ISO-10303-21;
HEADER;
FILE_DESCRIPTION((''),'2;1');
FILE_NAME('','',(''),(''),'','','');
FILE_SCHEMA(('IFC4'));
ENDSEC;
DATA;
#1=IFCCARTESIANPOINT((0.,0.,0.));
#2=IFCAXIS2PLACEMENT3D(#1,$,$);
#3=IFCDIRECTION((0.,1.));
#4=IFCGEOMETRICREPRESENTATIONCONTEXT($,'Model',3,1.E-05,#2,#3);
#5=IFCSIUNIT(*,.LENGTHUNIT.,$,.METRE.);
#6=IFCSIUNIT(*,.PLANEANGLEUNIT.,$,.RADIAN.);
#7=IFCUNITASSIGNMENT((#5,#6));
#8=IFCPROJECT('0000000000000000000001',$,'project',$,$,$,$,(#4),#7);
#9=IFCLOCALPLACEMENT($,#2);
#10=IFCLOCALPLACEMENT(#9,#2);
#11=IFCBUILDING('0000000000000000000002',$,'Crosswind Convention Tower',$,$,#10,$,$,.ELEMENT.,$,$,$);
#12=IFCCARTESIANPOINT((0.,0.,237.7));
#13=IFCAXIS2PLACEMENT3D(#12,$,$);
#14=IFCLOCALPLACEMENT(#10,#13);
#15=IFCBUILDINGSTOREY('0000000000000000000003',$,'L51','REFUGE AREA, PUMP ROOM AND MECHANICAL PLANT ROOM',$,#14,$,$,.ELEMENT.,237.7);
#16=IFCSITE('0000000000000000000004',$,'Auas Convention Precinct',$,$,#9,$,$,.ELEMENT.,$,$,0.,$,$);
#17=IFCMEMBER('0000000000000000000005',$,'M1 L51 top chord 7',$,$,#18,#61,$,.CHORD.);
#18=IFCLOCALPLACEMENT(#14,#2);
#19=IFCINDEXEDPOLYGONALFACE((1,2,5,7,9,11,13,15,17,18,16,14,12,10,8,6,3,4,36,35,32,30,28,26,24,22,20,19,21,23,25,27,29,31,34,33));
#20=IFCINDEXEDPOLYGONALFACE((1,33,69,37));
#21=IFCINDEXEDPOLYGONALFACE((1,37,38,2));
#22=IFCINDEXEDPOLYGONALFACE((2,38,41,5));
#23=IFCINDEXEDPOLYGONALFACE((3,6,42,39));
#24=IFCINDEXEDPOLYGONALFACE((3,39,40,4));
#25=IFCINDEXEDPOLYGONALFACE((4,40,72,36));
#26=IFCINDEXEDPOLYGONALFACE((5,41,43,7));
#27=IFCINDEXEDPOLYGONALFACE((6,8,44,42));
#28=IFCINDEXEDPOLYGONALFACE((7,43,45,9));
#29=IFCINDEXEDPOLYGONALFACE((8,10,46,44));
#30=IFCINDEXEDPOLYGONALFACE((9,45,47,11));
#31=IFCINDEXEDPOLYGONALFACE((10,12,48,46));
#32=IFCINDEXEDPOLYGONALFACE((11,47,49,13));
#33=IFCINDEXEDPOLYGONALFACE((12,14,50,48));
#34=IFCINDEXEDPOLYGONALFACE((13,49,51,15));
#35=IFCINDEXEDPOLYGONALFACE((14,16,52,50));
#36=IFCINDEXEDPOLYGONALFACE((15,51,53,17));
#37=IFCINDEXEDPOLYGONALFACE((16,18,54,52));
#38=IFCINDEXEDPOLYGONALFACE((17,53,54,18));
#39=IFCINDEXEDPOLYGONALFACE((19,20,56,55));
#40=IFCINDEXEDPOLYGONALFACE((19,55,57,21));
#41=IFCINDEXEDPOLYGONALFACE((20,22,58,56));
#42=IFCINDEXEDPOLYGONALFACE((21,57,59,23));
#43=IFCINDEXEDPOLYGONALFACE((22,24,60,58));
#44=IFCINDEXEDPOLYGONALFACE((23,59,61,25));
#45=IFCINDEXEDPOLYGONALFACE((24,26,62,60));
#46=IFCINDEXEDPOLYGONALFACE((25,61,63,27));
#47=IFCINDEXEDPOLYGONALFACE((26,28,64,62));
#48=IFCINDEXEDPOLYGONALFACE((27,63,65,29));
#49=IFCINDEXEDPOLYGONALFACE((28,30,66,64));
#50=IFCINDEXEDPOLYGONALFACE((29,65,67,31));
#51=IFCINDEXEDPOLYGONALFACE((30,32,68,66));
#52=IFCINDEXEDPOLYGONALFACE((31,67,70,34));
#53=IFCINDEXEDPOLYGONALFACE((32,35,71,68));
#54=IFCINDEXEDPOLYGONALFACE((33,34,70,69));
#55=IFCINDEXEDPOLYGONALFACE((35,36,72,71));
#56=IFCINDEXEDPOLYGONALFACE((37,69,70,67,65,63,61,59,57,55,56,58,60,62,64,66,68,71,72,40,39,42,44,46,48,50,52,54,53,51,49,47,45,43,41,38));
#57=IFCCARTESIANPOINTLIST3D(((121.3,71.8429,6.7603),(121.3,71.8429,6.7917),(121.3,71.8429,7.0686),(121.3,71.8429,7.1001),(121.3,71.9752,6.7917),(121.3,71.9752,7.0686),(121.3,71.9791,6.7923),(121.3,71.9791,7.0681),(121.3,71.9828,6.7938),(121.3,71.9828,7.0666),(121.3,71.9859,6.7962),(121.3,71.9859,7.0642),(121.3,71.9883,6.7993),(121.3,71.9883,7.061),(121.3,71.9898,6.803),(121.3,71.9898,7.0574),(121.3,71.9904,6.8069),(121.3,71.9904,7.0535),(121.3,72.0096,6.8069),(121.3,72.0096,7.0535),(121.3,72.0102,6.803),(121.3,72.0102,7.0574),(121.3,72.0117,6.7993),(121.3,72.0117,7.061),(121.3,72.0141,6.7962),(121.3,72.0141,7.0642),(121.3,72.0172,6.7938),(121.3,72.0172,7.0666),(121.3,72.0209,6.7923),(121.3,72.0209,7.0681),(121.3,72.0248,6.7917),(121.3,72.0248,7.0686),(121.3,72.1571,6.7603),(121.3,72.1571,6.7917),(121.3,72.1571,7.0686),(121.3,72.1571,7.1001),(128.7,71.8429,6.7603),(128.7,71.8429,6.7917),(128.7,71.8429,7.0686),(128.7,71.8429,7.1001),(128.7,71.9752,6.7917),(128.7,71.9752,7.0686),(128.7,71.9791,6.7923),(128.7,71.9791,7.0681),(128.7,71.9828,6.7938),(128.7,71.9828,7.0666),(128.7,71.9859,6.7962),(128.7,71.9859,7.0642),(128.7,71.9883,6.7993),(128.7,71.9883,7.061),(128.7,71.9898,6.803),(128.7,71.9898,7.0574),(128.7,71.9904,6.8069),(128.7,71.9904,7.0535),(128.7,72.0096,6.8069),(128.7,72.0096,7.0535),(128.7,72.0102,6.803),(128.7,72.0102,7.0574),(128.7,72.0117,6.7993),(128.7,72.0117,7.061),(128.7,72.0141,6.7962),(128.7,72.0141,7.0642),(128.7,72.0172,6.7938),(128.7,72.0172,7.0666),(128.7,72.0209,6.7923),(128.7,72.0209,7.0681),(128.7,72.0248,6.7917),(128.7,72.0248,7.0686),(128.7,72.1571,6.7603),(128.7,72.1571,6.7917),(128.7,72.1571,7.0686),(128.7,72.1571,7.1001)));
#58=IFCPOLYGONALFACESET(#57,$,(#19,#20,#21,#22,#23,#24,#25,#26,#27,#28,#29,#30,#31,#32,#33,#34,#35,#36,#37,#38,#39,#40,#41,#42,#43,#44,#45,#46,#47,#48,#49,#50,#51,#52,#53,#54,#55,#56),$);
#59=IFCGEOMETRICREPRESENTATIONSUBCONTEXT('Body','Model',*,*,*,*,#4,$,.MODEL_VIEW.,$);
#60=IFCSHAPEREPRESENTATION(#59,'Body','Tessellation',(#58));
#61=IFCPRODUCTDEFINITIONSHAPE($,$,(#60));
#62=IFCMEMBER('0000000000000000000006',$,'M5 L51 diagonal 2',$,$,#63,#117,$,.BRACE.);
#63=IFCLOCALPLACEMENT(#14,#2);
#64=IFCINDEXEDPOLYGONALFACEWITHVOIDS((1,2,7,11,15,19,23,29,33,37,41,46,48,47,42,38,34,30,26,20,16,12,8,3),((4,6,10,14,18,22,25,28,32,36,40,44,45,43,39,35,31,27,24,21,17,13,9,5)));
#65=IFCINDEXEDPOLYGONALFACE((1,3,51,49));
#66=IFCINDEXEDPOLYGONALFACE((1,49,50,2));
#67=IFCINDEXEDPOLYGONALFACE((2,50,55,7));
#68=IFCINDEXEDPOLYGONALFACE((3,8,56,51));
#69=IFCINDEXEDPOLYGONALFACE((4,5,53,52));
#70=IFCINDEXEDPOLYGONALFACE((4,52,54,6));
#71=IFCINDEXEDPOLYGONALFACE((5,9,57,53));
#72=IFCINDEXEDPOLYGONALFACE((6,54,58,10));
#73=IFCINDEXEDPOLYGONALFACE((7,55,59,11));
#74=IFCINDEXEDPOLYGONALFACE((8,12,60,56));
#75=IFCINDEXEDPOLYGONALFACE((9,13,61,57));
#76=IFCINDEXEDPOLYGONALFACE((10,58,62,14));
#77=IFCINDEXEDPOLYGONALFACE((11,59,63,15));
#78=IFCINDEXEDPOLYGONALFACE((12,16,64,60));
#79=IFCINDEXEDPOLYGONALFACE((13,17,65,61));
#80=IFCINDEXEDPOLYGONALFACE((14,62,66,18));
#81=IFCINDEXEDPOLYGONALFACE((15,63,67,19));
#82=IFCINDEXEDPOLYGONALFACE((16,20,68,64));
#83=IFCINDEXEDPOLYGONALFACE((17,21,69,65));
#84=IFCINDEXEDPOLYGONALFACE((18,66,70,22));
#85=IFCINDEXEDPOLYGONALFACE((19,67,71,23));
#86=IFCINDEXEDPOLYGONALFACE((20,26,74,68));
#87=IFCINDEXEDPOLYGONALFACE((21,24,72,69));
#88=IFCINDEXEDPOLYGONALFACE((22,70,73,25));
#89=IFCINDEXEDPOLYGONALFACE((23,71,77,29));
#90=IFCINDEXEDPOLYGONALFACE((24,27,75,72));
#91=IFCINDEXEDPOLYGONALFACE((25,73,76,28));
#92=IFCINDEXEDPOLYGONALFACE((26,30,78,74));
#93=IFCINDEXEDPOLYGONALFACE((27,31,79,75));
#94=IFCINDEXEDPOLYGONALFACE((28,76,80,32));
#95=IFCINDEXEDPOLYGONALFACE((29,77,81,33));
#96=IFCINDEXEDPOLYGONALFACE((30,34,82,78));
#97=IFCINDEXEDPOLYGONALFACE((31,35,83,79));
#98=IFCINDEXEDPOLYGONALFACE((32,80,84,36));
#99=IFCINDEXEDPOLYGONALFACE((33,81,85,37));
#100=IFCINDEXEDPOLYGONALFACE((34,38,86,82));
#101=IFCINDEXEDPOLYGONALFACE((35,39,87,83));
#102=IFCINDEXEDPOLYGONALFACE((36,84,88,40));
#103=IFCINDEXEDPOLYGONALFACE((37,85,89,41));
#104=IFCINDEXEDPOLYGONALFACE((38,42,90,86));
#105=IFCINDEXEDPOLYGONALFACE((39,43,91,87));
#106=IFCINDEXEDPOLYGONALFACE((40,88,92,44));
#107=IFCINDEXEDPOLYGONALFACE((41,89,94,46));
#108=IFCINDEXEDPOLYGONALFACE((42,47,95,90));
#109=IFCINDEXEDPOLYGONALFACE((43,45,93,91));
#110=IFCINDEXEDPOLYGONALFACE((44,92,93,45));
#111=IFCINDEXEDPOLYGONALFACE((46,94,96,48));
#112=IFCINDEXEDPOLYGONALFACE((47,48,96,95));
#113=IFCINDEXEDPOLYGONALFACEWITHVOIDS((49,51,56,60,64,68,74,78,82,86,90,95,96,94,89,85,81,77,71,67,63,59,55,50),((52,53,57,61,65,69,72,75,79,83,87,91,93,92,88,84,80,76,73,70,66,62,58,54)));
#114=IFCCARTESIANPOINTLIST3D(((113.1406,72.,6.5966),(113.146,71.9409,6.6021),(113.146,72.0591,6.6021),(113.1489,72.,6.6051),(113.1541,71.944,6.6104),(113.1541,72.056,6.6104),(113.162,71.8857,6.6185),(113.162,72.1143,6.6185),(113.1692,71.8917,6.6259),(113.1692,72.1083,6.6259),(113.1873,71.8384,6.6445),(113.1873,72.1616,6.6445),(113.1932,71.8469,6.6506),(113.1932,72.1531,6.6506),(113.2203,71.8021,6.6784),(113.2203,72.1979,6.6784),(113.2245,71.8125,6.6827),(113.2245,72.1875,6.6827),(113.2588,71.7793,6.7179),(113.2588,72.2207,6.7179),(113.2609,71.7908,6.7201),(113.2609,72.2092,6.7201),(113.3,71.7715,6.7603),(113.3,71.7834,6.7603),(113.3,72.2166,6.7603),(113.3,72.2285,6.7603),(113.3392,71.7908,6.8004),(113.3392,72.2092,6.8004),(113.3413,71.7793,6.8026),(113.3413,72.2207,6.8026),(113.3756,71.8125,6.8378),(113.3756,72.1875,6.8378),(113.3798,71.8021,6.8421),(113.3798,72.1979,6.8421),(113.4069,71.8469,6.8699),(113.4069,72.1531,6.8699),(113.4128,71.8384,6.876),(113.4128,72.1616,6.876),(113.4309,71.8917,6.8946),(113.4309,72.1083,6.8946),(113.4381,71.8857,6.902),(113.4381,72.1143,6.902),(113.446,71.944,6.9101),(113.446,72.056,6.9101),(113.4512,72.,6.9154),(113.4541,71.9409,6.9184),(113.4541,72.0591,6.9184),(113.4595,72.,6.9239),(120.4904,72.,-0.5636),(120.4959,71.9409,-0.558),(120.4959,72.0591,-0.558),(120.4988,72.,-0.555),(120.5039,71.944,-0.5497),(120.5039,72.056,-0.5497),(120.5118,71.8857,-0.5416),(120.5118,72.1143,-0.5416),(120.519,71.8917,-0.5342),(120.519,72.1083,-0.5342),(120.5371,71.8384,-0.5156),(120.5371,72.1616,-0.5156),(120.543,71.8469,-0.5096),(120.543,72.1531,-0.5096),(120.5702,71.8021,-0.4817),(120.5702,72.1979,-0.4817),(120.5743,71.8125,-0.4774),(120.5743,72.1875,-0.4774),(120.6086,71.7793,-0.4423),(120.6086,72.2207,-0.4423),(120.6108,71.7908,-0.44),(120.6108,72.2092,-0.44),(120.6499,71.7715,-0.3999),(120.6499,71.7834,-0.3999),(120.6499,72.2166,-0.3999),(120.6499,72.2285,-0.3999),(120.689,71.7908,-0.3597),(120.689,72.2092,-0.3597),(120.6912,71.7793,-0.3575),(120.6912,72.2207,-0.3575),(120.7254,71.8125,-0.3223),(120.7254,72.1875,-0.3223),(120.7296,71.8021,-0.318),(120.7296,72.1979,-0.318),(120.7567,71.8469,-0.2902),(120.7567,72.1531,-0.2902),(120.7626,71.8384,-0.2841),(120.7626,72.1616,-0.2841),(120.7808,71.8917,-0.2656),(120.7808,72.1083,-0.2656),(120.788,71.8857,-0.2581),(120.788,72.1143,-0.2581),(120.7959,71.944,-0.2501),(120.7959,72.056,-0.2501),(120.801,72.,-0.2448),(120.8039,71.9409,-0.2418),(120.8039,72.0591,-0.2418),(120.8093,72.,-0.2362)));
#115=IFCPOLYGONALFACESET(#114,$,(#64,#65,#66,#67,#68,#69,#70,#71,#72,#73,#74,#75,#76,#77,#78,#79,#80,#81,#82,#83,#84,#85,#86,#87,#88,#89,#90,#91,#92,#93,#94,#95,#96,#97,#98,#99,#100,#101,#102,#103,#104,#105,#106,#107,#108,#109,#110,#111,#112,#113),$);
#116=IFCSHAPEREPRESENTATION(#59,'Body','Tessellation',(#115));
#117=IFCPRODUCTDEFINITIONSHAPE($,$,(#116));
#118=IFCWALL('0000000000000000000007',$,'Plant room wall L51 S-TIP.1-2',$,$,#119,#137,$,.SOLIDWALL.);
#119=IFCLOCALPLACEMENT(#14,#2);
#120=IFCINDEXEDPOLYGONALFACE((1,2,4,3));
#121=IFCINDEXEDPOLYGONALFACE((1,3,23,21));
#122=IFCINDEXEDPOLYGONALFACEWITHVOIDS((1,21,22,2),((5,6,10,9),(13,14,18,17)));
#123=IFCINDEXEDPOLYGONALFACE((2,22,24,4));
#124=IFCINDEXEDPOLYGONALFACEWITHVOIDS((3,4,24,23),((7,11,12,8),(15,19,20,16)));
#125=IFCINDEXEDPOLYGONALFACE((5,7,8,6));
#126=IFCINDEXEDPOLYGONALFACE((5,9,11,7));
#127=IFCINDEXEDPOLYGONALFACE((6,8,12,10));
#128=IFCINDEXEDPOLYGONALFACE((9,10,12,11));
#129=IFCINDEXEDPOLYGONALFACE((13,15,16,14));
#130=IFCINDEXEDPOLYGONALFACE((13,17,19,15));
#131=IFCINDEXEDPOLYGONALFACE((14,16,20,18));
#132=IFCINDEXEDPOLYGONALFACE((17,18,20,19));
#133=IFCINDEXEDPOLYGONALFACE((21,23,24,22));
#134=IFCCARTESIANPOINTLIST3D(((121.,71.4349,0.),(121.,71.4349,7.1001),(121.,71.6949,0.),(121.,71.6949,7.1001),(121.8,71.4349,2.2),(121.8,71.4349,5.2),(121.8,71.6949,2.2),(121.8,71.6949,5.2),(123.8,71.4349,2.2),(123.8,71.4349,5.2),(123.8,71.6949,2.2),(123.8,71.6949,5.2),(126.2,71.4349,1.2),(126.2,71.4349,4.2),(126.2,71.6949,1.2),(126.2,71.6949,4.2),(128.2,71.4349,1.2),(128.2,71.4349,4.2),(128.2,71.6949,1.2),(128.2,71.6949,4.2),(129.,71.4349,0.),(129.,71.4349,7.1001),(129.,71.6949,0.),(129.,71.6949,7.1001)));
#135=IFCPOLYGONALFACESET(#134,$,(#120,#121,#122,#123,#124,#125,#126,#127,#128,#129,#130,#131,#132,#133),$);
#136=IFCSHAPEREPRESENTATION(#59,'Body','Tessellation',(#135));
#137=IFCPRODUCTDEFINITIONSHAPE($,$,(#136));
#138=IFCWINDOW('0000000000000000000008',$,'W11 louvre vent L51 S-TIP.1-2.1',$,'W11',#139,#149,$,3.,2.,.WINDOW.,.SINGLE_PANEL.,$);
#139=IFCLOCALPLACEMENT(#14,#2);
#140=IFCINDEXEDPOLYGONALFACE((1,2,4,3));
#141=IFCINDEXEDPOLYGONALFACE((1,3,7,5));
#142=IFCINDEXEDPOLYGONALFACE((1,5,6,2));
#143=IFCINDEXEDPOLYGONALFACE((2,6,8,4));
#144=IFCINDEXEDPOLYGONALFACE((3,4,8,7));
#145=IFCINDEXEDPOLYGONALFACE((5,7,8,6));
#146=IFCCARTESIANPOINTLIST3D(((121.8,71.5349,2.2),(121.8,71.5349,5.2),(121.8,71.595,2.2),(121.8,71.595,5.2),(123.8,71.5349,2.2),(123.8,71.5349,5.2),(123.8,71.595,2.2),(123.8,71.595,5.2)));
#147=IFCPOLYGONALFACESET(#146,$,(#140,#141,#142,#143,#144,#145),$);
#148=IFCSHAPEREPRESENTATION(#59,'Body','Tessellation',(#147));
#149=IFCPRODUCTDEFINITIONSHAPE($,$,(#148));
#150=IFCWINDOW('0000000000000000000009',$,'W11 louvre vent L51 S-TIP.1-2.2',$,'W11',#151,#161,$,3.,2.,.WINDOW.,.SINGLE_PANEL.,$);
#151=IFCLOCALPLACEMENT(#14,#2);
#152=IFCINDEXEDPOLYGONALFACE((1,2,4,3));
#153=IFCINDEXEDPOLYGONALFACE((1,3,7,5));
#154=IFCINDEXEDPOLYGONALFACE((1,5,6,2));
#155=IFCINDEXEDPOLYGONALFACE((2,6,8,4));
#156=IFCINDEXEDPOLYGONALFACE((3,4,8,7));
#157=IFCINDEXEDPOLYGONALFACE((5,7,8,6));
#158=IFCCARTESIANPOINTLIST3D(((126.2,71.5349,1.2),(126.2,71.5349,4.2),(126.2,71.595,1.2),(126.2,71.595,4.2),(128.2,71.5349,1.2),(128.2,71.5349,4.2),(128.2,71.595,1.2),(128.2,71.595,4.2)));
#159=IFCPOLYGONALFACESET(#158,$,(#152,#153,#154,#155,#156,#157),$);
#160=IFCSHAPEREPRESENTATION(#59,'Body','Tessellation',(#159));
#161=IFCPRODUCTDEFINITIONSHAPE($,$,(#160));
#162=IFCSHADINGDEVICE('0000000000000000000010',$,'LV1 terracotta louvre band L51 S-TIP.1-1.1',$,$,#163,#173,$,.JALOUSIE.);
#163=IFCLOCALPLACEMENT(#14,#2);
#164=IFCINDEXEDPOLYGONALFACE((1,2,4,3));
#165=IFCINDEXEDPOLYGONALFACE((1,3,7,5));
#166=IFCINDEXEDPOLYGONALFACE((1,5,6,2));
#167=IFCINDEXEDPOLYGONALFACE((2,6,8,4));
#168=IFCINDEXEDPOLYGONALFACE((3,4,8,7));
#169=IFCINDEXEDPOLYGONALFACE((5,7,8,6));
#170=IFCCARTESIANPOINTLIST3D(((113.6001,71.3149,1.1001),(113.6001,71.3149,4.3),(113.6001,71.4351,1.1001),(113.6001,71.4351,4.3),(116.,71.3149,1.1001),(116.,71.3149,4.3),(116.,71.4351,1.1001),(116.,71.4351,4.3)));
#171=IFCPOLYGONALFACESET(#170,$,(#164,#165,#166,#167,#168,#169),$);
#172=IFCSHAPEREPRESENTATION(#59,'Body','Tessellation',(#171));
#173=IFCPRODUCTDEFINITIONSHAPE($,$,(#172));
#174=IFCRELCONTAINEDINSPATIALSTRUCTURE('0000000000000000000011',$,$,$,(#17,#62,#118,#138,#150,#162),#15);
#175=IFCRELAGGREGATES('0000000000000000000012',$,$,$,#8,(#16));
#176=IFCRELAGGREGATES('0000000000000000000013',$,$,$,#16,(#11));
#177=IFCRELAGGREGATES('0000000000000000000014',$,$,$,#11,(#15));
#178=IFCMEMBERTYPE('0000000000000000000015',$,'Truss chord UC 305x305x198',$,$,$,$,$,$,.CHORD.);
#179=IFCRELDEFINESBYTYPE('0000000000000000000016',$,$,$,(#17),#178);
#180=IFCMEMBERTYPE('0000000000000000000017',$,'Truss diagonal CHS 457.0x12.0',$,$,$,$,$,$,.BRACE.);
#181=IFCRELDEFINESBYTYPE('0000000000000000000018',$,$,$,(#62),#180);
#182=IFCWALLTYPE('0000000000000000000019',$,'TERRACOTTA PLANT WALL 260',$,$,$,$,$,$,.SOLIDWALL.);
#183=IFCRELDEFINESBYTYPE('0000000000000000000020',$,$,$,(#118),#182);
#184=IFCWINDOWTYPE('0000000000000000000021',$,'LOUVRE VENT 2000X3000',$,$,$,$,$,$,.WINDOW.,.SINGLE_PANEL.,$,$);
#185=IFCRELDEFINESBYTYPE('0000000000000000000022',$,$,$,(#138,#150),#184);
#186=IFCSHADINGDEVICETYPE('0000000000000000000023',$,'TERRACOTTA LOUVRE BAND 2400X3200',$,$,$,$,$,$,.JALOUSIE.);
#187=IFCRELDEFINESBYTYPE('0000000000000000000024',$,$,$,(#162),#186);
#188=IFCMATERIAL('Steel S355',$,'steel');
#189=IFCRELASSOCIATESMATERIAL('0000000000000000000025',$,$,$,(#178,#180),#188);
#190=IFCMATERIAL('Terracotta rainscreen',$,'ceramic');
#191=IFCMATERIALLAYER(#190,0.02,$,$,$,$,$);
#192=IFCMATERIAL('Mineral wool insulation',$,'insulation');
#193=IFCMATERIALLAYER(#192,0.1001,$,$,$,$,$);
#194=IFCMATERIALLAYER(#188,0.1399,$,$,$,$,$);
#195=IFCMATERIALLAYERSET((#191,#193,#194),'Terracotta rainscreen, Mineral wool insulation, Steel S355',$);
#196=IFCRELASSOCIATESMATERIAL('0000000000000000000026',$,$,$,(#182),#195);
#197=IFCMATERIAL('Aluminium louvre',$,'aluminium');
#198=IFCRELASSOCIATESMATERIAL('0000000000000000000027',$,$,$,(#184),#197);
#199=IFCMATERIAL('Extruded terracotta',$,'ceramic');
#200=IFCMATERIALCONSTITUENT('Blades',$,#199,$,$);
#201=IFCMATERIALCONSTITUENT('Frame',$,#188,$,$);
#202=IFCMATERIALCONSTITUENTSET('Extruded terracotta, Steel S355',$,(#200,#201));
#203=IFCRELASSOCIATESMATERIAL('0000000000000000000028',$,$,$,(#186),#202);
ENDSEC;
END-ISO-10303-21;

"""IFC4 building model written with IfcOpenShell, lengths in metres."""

from ifc_helpers import new_model, si_unit, direction, frame, frame_2d, origin, origin_2d, place, context, subcontext, project, spatial, rectangle, hollow_circle, i_section, extrude, material, layer, layer_set, constituent, constituent_set, material_profile, profile_set, type_object, element, fill, save


model = new_model("IFC4")

# Units and contexts
model_context = context("Model", 3, precision=1e-05, world=origin(), true_north=direction((0.0, 1.0)))
body_context = subcontext(model_context, "Body", "Model", "MODEL_VIEW")
ifc_project = project(units=[si_unit("LENGTHUNIT", "METRE"), si_unit("PLANEANGLEUNIT", "RADIAN")], contexts=[model_context])

# Site, building, storey
site_placement = place(None, origin())
site = spatial("IfcSite", under=ifc_project, at=site_placement, Name="Auas Convention Precinct", CompositionType="ELEMENT", RefElevation=0.0)
building_placement = place(site_placement, origin())
building = spatial("IfcBuilding", under=site, at=building_placement, Name="Crosswind Convention Tower", CompositionType="ELEMENT")
storey_placement = place(building_placement, frame((0.0, 0.0, 237.7)))
storey = spatial("IfcBuildingStorey", under=building, at=storey_placement, Name="L51", Description="REFUGE AREA, PUMP ROOM AND MECHANICAL PLANT ROOM", CompositionType="ELEMENT", Elevation=237.7)

# Shared definitions
ifc_material_1 = material(Name="Steel S355", Category="steel")

# Members
ifc_material_profile_1 = material_profile(ifc_material_1, i_section(OverallWidth=0.3142, OverallDepth=0.3398, WebThickness=0.0193, FlangeThickness=0.0315, FilletRadius=0.0151, at=origin_2d()), Name="UC 305x305x198")
ifc_profile_set_1 = profile_set([ifc_material_profile_1], Name="Steel S355")
member_type_1 = type_object("IfcMemberType", Name="Truss chord UC 305x305x198", PredefinedType="CHORD", material=ifc_profile_set_1)
for number, where, z_axis, x_axis, name in (
    (1, (121.3, 72.0, 6.9302), (1.0, 0.0, 0.0), (0.0, 1.0, 0.0), "M1 L51 top chord 7"),
):
    element("IfcMember", number, at=place(storey_placement, frame(where, z_axis=z_axis, x_axis=x_axis)), inside=storey, type_object=member_type_1, Name=name, PredefinedType="CHORD", context=body_context, shape_type="SweptSolid", body=[
        extrude(i_section(OverallWidth=0.3142, OverallDepth=0.3398, WebThickness=0.0193, FlangeThickness=0.0315, FilletRadius=0.0151, at=origin_2d()), origin(), (0.0, 0.0, 1.0), 7.3999),
    ])
ifc_material_profile_2 = material_profile(ifc_material_1, hollow_circle(Radius=0.2285, WallThickness=0.012, at=origin_2d()), Name="CHS 457.0x12.0")
ifc_profile_set_2 = profile_set([ifc_material_profile_2], Name="Steel S355")
member_type_2 = type_object("IfcMemberType", Name="Truss diagonal CHS 457.0x12.0", PredefinedType="BRACE", material=ifc_profile_set_2)
member_1_placement = place(storey_placement, frame((113.3, 72.0, 6.7603), z_axis=(0.71629, 0.0, -0.697803), x_axis=(0.0, 1.0, 0.0)))
element("IfcMember", 2, at=member_1_placement, inside=storey, type_object=member_type_2, Name="M5 L51 diagonal 2", PredefinedType="BRACE", context=body_context, shape_type="SweptSolid", body=[
    extrude(hollow_circle(Radius=0.2285, WallThickness=0.012, at=origin_2d()), origin(), (0.0, 0.0, 1.0), 10.261),
])

# Wall, openings, windows
ifc_material_2 = material(Name="Terracotta rainscreen", Category="ceramic")
ifc_layer_1 = layer(ifc_material_2, 0.02)
ifc_material_3 = material(Name="Mineral wool insulation", Category="insulation")
ifc_layer_2 = layer(ifc_material_3, 0.1001)
ifc_layer_3 = layer(ifc_material_1, 0.1399)
ifc_layer_set_1 = layer_set([ifc_layer_1, ifc_layer_2, ifc_layer_3], Name="Terracotta rainscreen, Mineral wool insulation, Steel S355")
wall_type = type_object("IfcWallType", Name="TERRACOTTA PLANT WALL 260", PredefinedType="SOLIDWALL", material=ifc_layer_set_1)
wall_placement = place(storey_placement, frame((121.0, 71.5649, 0.0), z_axis=(0.0, 0.0, 1.0), x_axis=(1.0, 0.0, 0.0)))
wall = element("IfcWall", 3, at=wall_placement, inside=storey, type_object=wall_type, Name="Plant room wall L51 S-TIP.1-2", PredefinedType="SOLIDWALL", context=body_context, shape_type="SweptSolid", body=[
    extrude(rectangle(XDim=8.0, YDim=0.26, at=frame_2d((4.0, 0.0))), origin(), (0.0, 0.0, 1.0), 7.1001),
])
opening_1_placement = place(wall_placement, frame((0.8, 0.0, 2.2)))
opening_1 = element("IfcOpeningElement", 4, at=opening_1_placement, cuts=wall, PredefinedType="OPENING", context=body_context, shape_type="SweptSolid", body=[
    extrude(rectangle(XDim=2.0, YDim=3.0, at=frame_2d((1.0, 1.5))), frame((0.0, 0.1399, 0.0), z_axis=(0.0, -1.0, 0.0), x_axis=(1.0, 0.0, 0.0)), (0.0, 0.0, 1.0), 0.28),
])
opening_2_placement = place(wall_placement, frame((5.2, 0.0, 1.2)))
opening_2 = element("IfcOpeningElement", 5, at=opening_2_placement, cuts=wall, PredefinedType="OPENING", context=body_context, shape_type="SweptSolid", body=[
    extrude(rectangle(XDim=2.0, YDim=3.0, at=frame_2d((1.0, 1.5))), frame((0.0, 0.1399, 0.0), z_axis=(0.0, -1.0, 0.0), x_axis=(1.0, 0.0, 0.0)), (0.0, 0.0, 1.0), 0.28),
])
ifc_material_4 = material(Name="Aluminium louvre", Category="aluminium")
window_type = type_object("IfcWindowType", Name="LOUVRE VENT 2000X3000", PartitioningType="SINGLE_PANEL", PredefinedType="WINDOW", material=ifc_material_4)
window_1_placement = place(opening_1_placement, origin())
window_1 = element("IfcWindow", 6, at=window_1_placement, inside=storey, type_object=window_type, Name="W11 louvre vent L51 S-TIP.1-2.1", ObjectType="W11", OverallHeight=3.0, OverallWidth=2.0, PartitioningType="SINGLE_PANEL", PredefinedType="WINDOW", context=body_context, shape_type="SweptSolid", body=[
    extrude(rectangle(XDim=2.0, YDim=3.0, at=frame_2d((1.0, 1.5))), frame((0.0, 0.03, 0.0), z_axis=(0.0, -1.0, 0.0), x_axis=(1.0, 0.0, 0.0)), (0.0, 0.0, 1.0), 0.0601),
])
fill(opening_1, window_1)
window_2_placement = place(opening_2_placement, origin())
window_2 = element("IfcWindow", 7, at=window_2_placement, inside=storey, type_object=window_type, Name="W11 louvre vent L51 S-TIP.1-2.2", ObjectType="W11", OverallHeight=3.0, OverallWidth=2.0, PartitioningType="SINGLE_PANEL", PredefinedType="WINDOW", context=body_context, shape_type="SweptSolid", body=[
    extrude(rectangle(XDim=2.0, YDim=3.0, at=frame_2d((1.0, 1.5))), frame((0.0, 0.03, 0.0), z_axis=(0.0, -1.0, 0.0), x_axis=(1.0, 0.0, 0.0)), (0.0, 0.0, 1.0), 0.0601),
])
fill(opening_2, window_2)

# Shading device
ifc_material_5 = material(Name="Extruded terracotta", Category="ceramic")
ifc_constituent_1 = constituent(ifc_material_5, Name="Blades")
ifc_constituent_2 = constituent(ifc_material_1, Name="Frame")
ifc_constituent_set = constituent_set(constituents=[ifc_constituent_1, ifc_constituent_2], Name="Extruded terracotta, Steel S355")
shading_device_type = type_object("IfcShadingDeviceType", Name="TERRACOTTA LOUVRE BAND 2400X3200", PredefinedType="JALOUSIE", material=ifc_constituent_set)
for number, where, z_axis, x_axis, name in (
    (8, (114.8, 71.375, 1.1001), (0.0, 0.0, 1.0), (1.0, 0.0, 0.0), "LV1 terracotta louvre band L51 S-TIP.1-1.1"),
):
    element("IfcShadingDevice", number, at=place(storey_placement, frame(where, z_axis=z_axis, x_axis=x_axis)), inside=storey, type_object=shading_device_type, Name=name, PredefinedType="JALOUSIE", context=body_context, shape_type="SweptSolid", body=[
        extrude(rectangle(XDim=2.3999, YDim=0.1201, at=origin_2d()), origin(), (0.0, 0.0, 1.0), 3.2),
    ])

save(model, "model.ifc")
